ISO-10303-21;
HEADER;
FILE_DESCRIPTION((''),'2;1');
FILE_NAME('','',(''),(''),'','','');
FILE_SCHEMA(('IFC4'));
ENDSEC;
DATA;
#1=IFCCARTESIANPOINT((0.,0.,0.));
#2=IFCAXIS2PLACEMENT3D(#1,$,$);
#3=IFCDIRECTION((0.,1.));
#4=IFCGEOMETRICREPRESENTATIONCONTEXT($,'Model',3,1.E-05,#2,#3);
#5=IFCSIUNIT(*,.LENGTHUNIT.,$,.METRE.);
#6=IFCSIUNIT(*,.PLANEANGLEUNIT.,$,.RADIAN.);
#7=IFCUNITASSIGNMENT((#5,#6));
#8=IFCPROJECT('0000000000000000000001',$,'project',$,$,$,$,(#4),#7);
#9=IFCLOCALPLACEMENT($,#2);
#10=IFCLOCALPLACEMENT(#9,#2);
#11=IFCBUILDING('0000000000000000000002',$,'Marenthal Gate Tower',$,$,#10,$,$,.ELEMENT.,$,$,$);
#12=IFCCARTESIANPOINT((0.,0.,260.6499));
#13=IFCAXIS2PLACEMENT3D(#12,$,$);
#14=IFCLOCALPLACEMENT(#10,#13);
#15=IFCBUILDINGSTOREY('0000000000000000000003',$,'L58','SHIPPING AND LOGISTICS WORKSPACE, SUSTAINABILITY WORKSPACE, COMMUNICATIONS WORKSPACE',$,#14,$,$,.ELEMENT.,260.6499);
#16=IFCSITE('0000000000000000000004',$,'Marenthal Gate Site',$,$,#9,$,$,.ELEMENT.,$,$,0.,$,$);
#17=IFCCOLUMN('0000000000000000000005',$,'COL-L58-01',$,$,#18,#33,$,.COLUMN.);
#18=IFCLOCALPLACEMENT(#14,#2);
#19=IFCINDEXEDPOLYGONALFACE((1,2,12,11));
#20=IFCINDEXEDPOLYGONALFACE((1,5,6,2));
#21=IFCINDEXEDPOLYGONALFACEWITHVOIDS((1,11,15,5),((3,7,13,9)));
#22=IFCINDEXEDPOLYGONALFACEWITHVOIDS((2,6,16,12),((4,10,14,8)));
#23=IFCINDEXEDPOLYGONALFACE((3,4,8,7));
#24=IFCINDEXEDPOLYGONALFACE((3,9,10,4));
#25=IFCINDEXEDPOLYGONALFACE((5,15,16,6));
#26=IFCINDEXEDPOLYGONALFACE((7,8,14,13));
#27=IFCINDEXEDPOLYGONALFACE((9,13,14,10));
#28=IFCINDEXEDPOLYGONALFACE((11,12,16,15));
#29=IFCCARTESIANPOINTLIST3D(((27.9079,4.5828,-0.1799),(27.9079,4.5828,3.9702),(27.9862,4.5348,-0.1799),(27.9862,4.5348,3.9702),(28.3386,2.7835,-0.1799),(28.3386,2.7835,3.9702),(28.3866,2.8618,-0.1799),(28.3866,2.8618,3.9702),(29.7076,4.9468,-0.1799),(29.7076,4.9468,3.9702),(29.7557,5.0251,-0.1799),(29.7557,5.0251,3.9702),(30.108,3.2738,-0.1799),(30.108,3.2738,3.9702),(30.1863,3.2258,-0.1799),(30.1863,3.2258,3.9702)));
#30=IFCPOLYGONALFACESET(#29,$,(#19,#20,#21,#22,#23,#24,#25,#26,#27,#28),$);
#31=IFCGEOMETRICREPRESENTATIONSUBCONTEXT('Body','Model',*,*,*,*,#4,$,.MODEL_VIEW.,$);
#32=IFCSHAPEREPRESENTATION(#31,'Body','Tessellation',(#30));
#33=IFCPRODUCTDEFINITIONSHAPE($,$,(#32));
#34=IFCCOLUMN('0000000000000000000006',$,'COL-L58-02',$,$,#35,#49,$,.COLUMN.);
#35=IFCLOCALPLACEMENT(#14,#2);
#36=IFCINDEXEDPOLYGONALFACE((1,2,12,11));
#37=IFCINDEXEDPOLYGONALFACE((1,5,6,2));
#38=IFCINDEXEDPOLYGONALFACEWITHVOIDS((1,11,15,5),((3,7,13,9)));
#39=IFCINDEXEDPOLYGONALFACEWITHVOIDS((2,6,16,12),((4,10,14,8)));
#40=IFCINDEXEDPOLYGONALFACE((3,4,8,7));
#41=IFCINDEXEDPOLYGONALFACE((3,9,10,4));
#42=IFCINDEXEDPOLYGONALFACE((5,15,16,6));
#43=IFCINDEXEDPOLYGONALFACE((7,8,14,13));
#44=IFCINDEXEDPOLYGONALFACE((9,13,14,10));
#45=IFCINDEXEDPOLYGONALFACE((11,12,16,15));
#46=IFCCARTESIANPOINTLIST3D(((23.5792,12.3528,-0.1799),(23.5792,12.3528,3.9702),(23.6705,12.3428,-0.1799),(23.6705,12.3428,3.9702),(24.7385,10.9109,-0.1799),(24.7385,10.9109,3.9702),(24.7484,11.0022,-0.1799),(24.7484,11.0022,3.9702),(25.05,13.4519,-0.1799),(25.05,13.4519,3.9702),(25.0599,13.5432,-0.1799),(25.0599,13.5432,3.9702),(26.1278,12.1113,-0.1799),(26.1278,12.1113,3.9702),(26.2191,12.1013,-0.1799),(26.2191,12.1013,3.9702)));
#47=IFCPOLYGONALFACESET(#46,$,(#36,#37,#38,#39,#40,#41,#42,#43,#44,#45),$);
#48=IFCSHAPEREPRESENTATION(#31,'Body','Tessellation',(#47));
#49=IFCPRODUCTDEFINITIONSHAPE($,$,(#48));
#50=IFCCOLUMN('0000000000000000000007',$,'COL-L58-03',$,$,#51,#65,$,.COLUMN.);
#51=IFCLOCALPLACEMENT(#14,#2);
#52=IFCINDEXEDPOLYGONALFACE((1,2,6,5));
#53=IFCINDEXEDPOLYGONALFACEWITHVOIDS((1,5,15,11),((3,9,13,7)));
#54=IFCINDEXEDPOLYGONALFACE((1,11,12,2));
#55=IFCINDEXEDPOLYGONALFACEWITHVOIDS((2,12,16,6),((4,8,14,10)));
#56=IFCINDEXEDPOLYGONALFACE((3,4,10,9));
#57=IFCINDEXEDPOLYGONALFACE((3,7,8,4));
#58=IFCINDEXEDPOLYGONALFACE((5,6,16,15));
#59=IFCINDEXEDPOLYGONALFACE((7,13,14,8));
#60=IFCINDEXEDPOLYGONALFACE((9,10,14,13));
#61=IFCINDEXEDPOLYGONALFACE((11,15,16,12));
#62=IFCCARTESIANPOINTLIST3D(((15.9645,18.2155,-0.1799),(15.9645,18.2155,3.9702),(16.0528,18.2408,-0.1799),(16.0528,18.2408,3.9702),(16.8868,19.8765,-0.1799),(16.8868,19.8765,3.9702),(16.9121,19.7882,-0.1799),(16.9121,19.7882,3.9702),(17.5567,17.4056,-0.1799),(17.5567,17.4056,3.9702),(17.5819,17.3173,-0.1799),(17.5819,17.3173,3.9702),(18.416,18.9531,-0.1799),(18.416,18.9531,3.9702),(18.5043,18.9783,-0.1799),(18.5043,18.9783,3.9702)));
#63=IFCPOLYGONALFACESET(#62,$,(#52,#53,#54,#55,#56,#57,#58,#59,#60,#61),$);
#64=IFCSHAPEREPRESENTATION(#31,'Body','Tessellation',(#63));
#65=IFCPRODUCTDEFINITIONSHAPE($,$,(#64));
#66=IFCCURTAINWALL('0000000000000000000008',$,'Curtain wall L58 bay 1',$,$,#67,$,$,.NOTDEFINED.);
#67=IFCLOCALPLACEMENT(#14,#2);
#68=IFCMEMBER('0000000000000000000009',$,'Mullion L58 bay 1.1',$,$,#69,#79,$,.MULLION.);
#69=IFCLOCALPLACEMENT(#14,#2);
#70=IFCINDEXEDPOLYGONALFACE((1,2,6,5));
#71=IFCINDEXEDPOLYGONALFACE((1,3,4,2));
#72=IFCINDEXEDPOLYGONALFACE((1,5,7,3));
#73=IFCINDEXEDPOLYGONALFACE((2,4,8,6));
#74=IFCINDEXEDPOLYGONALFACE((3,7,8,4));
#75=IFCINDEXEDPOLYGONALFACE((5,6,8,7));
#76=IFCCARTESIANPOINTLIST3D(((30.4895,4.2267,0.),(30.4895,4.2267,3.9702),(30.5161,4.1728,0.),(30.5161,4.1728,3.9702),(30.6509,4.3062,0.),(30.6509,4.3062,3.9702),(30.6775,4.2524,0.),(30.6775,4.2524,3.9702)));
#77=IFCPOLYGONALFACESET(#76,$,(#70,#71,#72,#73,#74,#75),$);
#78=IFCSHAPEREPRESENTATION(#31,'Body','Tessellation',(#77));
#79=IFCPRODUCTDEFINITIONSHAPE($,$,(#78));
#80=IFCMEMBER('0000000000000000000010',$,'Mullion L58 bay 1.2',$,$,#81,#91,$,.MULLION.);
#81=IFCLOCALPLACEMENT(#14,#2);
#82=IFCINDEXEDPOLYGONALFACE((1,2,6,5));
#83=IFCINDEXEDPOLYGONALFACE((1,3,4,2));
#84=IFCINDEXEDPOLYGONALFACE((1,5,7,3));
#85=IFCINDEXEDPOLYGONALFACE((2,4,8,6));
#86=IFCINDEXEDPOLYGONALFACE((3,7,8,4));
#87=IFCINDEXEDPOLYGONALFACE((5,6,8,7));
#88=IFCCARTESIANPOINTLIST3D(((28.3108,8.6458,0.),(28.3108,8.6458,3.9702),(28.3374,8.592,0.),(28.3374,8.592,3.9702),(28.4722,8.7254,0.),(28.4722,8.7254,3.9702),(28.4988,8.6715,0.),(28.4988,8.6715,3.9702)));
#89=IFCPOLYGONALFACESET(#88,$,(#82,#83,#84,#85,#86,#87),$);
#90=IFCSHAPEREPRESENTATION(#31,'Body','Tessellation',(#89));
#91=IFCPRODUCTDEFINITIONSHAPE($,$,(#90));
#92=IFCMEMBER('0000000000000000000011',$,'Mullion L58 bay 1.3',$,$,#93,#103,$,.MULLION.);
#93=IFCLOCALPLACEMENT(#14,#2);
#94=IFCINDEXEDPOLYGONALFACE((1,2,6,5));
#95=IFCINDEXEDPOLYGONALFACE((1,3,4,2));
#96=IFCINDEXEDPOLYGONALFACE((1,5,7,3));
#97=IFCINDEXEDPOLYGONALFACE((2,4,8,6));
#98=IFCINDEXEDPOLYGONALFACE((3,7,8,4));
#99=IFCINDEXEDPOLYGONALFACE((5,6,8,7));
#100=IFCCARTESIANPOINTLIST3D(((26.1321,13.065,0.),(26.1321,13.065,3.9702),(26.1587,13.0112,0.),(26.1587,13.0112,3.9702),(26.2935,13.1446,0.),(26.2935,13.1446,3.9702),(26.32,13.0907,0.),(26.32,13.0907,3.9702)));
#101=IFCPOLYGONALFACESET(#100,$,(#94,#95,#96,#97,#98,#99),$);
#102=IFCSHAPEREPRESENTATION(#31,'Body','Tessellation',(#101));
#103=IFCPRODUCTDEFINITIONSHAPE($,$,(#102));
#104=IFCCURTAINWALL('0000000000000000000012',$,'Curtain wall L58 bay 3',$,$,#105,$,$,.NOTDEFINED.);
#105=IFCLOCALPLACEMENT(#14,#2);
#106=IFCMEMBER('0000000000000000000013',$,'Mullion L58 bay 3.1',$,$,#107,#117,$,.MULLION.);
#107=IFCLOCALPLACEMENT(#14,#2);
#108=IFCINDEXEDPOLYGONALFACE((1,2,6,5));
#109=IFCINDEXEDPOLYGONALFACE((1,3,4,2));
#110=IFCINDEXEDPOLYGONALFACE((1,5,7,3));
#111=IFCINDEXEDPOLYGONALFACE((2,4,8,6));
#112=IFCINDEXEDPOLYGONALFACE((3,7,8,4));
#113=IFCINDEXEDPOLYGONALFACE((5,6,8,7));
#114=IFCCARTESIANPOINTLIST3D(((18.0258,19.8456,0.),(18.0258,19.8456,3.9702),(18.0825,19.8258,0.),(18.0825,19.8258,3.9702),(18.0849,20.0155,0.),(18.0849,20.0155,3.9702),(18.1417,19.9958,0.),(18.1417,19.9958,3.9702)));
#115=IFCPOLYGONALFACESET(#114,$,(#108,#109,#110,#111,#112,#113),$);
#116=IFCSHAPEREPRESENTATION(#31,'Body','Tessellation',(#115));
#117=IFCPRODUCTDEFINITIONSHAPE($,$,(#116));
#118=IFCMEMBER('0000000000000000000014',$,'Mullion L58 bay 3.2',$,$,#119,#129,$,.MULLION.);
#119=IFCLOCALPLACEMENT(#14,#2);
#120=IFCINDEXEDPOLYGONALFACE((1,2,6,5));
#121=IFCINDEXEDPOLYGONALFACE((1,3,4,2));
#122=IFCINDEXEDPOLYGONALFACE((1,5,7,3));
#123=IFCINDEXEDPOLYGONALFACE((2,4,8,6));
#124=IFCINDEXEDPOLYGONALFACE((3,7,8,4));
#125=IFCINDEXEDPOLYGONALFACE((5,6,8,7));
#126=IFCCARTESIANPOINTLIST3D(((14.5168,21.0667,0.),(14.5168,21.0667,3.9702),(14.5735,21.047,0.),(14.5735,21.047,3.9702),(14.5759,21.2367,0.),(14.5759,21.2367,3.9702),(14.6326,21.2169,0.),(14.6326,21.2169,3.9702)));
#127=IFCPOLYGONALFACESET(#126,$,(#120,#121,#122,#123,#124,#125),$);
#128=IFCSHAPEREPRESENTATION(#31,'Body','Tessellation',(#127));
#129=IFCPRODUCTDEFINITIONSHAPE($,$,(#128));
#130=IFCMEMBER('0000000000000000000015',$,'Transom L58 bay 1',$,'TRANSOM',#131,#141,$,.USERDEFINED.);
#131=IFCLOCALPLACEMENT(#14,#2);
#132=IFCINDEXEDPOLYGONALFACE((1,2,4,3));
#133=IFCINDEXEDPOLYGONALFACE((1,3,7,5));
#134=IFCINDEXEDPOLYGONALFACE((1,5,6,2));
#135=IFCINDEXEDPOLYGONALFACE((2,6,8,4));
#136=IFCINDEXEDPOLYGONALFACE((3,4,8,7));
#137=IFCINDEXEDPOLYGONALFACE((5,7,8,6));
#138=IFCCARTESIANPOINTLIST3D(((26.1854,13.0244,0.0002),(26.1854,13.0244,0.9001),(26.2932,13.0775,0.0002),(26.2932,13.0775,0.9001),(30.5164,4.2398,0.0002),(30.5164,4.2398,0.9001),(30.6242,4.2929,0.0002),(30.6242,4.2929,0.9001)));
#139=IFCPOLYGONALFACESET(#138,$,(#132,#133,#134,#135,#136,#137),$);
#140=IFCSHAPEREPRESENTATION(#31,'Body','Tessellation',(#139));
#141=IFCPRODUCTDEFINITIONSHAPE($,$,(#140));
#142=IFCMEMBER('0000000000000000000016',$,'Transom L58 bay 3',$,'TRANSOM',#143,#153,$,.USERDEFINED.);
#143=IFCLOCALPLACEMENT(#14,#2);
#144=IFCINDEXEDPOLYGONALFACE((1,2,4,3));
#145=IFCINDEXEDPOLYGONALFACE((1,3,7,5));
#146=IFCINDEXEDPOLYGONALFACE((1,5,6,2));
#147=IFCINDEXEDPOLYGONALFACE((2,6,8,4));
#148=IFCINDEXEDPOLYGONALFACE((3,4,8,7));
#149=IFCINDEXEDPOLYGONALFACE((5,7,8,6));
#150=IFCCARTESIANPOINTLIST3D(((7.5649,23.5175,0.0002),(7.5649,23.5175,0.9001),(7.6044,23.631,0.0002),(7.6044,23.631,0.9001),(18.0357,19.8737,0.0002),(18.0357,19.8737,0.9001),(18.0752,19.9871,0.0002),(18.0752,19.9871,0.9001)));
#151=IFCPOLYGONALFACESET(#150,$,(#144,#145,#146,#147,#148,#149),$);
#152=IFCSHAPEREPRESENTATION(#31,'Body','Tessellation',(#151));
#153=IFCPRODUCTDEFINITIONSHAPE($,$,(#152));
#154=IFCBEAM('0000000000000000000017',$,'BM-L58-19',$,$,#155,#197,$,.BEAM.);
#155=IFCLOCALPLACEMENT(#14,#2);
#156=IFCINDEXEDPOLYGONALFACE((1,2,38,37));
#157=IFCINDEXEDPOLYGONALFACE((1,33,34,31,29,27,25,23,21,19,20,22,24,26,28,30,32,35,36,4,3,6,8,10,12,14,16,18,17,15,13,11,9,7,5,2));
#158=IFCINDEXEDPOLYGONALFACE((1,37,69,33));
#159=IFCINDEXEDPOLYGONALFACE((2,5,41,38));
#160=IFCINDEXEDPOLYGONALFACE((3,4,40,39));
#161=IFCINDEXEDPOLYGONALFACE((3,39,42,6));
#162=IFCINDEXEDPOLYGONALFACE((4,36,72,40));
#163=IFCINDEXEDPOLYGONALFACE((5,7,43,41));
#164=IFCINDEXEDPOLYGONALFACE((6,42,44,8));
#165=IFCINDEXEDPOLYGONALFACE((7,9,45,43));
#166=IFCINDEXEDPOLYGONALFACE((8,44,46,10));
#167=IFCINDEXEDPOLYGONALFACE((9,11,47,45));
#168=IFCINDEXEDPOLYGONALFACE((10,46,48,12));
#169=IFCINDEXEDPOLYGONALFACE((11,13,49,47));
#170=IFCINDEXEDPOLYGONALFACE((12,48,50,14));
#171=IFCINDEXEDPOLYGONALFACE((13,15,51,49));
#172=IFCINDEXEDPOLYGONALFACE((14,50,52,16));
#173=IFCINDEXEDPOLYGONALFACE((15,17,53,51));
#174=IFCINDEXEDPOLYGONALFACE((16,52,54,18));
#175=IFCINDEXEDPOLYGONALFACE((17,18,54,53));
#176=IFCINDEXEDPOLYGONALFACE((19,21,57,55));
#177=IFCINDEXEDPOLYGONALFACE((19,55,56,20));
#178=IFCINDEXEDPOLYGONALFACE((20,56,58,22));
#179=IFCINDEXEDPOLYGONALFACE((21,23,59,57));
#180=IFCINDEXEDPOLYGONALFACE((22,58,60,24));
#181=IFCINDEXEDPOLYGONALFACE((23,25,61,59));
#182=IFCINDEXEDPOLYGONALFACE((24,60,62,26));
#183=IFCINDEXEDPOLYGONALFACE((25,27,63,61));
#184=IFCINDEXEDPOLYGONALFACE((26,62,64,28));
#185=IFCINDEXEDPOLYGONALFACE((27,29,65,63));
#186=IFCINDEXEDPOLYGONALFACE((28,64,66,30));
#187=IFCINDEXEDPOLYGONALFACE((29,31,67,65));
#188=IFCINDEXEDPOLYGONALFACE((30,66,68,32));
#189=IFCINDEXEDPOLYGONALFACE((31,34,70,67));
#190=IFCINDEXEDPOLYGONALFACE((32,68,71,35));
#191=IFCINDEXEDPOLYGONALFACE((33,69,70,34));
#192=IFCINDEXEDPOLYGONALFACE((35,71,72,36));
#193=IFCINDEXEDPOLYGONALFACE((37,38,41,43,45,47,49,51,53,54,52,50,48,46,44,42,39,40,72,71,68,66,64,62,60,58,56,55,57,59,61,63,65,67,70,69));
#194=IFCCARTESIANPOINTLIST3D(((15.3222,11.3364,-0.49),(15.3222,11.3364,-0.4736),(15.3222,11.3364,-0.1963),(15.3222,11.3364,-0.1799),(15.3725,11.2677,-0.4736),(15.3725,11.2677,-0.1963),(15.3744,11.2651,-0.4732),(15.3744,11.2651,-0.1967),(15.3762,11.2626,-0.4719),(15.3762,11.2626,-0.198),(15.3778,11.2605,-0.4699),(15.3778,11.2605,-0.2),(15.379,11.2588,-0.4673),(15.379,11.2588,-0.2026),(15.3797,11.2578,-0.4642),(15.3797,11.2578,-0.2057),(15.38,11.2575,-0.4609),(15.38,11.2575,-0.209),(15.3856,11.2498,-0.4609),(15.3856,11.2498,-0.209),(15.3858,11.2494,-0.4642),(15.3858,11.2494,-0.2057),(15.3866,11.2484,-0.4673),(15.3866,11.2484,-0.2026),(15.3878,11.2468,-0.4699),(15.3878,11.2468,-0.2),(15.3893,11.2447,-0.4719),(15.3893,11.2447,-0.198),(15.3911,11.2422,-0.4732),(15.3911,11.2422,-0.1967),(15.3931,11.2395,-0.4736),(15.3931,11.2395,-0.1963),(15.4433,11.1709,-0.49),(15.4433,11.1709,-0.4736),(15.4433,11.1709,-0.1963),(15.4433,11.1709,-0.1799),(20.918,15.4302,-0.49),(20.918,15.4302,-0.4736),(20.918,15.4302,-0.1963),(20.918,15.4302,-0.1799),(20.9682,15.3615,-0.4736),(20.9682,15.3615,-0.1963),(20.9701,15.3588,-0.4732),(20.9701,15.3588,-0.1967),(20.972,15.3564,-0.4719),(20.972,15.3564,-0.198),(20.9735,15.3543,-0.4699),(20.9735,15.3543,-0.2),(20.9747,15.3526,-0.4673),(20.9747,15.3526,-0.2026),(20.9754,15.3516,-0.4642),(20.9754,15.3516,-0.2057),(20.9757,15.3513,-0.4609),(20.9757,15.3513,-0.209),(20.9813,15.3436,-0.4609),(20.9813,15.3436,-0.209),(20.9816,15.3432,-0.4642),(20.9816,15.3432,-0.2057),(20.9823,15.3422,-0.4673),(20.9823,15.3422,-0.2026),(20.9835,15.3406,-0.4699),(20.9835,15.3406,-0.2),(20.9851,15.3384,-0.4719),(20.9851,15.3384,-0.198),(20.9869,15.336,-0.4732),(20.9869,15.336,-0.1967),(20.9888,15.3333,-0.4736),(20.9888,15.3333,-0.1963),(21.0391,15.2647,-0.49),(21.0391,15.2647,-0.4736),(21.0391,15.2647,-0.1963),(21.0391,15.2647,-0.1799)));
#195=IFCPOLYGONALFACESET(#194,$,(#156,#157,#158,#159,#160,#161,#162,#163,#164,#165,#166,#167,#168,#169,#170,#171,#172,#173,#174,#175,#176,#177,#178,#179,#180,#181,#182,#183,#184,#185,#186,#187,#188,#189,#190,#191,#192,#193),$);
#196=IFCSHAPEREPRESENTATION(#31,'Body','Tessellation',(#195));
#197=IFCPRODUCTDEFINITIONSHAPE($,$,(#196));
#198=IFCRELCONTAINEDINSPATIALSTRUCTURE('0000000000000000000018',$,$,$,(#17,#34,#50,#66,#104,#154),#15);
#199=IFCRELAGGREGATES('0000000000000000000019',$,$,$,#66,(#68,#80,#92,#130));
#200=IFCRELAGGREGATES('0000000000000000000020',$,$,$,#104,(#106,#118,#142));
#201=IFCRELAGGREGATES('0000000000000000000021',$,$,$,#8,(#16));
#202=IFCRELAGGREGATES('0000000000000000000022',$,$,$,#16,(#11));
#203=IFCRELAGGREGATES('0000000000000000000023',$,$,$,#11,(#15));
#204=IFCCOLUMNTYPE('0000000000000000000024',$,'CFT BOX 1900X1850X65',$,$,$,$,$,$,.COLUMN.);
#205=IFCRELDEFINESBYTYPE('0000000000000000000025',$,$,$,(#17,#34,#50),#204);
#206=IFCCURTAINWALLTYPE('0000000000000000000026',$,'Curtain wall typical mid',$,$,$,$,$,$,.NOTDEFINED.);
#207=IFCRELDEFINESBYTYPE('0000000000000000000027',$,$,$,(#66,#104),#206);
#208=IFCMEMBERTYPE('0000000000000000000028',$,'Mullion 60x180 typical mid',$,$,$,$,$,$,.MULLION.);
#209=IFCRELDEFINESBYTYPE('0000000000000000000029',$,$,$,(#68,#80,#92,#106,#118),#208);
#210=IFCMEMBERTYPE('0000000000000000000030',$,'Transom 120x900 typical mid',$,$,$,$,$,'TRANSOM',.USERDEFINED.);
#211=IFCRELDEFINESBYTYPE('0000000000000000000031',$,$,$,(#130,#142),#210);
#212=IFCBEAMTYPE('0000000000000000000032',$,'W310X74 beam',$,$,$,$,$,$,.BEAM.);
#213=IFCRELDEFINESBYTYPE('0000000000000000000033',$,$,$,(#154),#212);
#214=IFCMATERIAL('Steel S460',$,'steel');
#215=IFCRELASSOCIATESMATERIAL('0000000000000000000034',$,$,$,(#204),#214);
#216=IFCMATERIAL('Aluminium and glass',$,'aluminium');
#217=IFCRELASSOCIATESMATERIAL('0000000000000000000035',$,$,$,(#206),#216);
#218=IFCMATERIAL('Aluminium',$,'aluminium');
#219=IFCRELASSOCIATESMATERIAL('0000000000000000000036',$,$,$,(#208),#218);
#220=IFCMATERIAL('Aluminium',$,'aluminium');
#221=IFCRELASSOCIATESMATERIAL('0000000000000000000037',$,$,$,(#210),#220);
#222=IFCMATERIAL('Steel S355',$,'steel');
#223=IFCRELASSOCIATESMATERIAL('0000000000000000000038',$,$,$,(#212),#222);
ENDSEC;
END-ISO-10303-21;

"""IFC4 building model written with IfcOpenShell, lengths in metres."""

from ifc_helpers import new_model, si_unit, direction, frame, origin, origin_2d, place, context, subcontext, project, spatial, rectangle, hollow_rectangle, i_section, extrude, material, material_profile, profile_set, type_object, element, aggregate, save


model = new_model("IFC4")

# Units and contexts
model_context = context("Model", 3, precision=1e-05, world=origin(), true_north=direction((0.0, 1.0)))
body_context = subcontext(model_context, "Body", "Model", "MODEL_VIEW")
ifc_project = project(units=[si_unit("LENGTHUNIT", "METRE"), si_unit("PLANEANGLEUNIT", "RADIAN")], contexts=[model_context])

# Site, building, storey
site_placement = place(None, origin())
site = spatial("IfcSite", under=ifc_project, at=site_placement, Name="Marenthal Gate Site", CompositionType="ELEMENT", RefElevation=0.0)
building_placement = place(site_placement, origin())
building = spatial("IfcBuilding", under=site, at=building_placement, Name="Marenthal Gate Tower", CompositionType="ELEMENT")
storey_placement = place(building_placement, frame((0.0, 0.0, 260.6499)))
storey = spatial("IfcBuildingStorey", under=building, at=storey_placement, Name="L58", Description="SHIPPING AND LOGISTICS WORKSPACE, SUSTAINABILITY WORKSPACE, COMMUNICATIONS WORKSPACE", CompositionType="ELEMENT", Elevation=260.6499)

# Columns
ifc_material_1 = material(Name="Steel S460", Category="steel")
ifc_material_profile_1 = material_profile(ifc_material_1, hollow_rectangle(XDim=1.8501, YDim=1.8999, WallThickness=0.0649, at=origin_2d()), Name="CFT BOX 1900X1850X65")
ifc_material_2 = material(Name="Concrete 70 MPa", Category="concrete")
ifc_material_profile_2 = material_profile(ifc_material_2, rectangle(XDim=1.72, YDim=1.77, at=origin_2d()), Name="CFT BOX 1900X1850X65 INFILL")
ifc_profile_set_1 = profile_set([ifc_material_profile_1, ifc_material_profile_2], Name="Steel S460 shell, Concrete 70 MPa infill")
column_type = type_object("IfcColumnType", Name="CFT BOX 1900X1850X65", PredefinedType="COLUMN", material=ifc_profile_set_1)
for number, where, z_axis, x_axis, name in (
    (1, (29.0471, 3.9043, -0.1799), (0.0, 0.0, 1.0), (0.23277, -0.972532, 0.0), "COL-L58-01"),
    (2, (24.8992, 12.2271, -0.1799), (0.0, 0.0, 1.0), (0.626593, -0.779347, 0.0), "COL-L58-02"),
    (3, (17.2344, 18.5969, -0.1799), (0.0, 0.0, 1.0), (0.874251, -0.485475, 0.0), "COL-L58-03"),
):
    element("IfcColumn", number, at=place(storey_placement, frame(where, z_axis=z_axis, x_axis=x_axis)), inside=storey, type_object=column_type, Name=name, PredefinedType="COLUMN", context=body_context, shape_type="SweptSolid", body=[
        extrude(hollow_rectangle(XDim=1.8501, YDim=1.8999, WallThickness=0.0649, at=origin_2d()), origin(), (0.0, 0.0, 1.0), 4.1501),
    ])

# Curtain walls, members
ifc_material_3 = material(Name="Aluminium and glass", Category="aluminium")
curtain_wall_type = type_object("IfcCurtainWallType", Name="Curtain wall typical mid", PredefinedType="NOTDEFINED", material=ifc_material_3)
curtain_wall_1_placement = place(storey_placement, origin())
curtain_wall_1 = element("IfcCurtainWall", 4, at=curtain_wall_1_placement, inside=storey, type_object=curtain_wall_type, Name="Curtain wall L58 bay 1", PredefinedType="NOTDEFINED")
ifc_material_4 = material(Name="Aluminium", Category="aluminium")
ifc_material_profile_3 = material_profile(ifc_material_4, rectangle(XDim=0.1799, YDim=0.0601, at=origin_2d()), Name="60x180 aluminium mullion")
ifc_profile_set_2 = profile_set([ifc_material_profile_3], Name="Aluminium")
member_type_1 = type_object("IfcMemberType", Name="Mullion 60x180 typical mid", PredefinedType="MULLION", material=ifc_profile_set_2)
member_1_placement = place(storey_placement, frame((30.5835, 4.2395, 0.0), z_axis=(0.0, 0.0, 1.0), x_axis=(-0.896921, -0.442192, 0.0)))
member_1 = element("IfcMember", 5, at=member_1_placement, type_object=member_type_1, Name="Mullion L58 bay 1.1", PredefinedType="MULLION", context=body_context, shape_type="SweptSolid", body=[
    extrude(rectangle(XDim=0.1799, YDim=0.0601, at=origin_2d()), origin(), (0.0, 0.0, 1.0), 3.9702),
])
member_2_placement = place(storey_placement, frame((28.4048, 8.6587, 0.0), z_axis=(0.0, 0.0, 1.0), x_axis=(-0.896921, -0.442192, 0.0)))
member_2 = element("IfcMember", 6, at=member_2_placement, type_object=member_type_1, Name="Mullion L58 bay 1.2", PredefinedType="MULLION", context=body_context, shape_type="SweptSolid", body=[
    extrude(rectangle(XDim=0.1799, YDim=0.0601, at=origin_2d()), origin(), (0.0, 0.0, 1.0), 3.9702),
])
member_3_placement = place(storey_placement, frame((26.2261, 13.0779, 0.0), z_axis=(0.0, 0.0, 1.0), x_axis=(-0.896921, -0.442192, 0.0)))
member_3 = element("IfcMember", 7, at=member_3_placement, type_object=member_type_1, Name="Mullion L58 bay 1.3", PredefinedType="MULLION", context=body_context, shape_type="SweptSolid", body=[
    extrude(rectangle(XDim=0.1799, YDim=0.0601, at=origin_2d()), origin(), (0.0, 0.0, 1.0), 3.9702),
])
curtain_wall_2_placement = place(storey_placement, origin())
curtain_wall_2 = element("IfcCurtainWall", 8, at=curtain_wall_2_placement, inside=storey, type_object=curtain_wall_type, Name="Curtain wall L58 bay 3", PredefinedType="NOTDEFINED")
member_4_placement = place(storey_placement, frame((18.0837, 19.9207, 0.0), z_axis=(0.0, 0.0, 1.0), x_axis=(-0.32867, -0.944445, 0.0)))
member_4 = element("IfcMember", 9, at=member_4_placement, type_object=member_type_1, Name="Mullion L58 bay 3.1", PredefinedType="MULLION", context=body_context, shape_type="SweptSolid", body=[
    extrude(rectangle(XDim=0.1799, YDim=0.0601, at=origin_2d()), origin(), (0.0, 0.0, 1.0), 3.9702),
])
member_5_placement = place(storey_placement, frame((14.5747, 21.1418, 0.0), z_axis=(0.0, 0.0, 1.0), x_axis=(-0.32867, -0.944445, 0.0)))
member_5 = element("IfcMember", 10, at=member_5_placement, type_object=member_type_1, Name="Mullion L58 bay 3.2", PredefinedType="MULLION", context=body_context, shape_type="SweptSolid", body=[
    extrude(rectangle(XDim=0.1799, YDim=0.0601, at=origin_2d()), origin(), (0.0, 0.0, 1.0), 3.9702),
])

# Members
ifc_material_5 = material(Name="Aluminium", Category="aluminium")
ifc_material_profile_4 = material_profile(ifc_material_5, rectangle(XDim=0.1201, YDim=0.8999, at=origin_2d()), Name="120x900 aluminium transom")
ifc_profile_set_3 = profile_set([ifc_material_profile_4], Name="Aluminium")
member_type_2 = type_object("IfcMemberType", Name="Transom 120x900 typical mid", ElementType="TRANSOM", PredefinedType="USERDEFINED", material=ifc_profile_set_3)
member_6_placement = place(storey_placement, frame((30.5703, 4.2664, 0.4502), z_axis=(-0.442201, 0.896916, 0.0), x_axis=(-0.896916, -0.442201, 0.0)))
member_6 = element("IfcMember", 11, at=member_6_placement, type_object=member_type_2, Name="Transom L58 bay 1", ObjectType="TRANSOM", PredefinedType="USERDEFINED", context=body_context, shape_type="SweptSolid", body=[
    extrude(rectangle(XDim=0.1201, YDim=0.8999, at=origin_2d()), origin(), (0.0, 0.0, 1.0), 9.7942),
])
member_7_placement = place(storey_placement, frame((18.0554, 19.9304, 0.4502), z_axis=(-0.944446, 0.328667, 0.0), x_axis=(-0.328667, -0.944446, 0.0)))
member_7 = element("IfcMember", 12, at=member_7_placement, type_object=member_type_2, Name="Transom L58 bay 3", ObjectType="TRANSOM", PredefinedType="USERDEFINED", context=body_context, shape_type="SweptSolid", body=[
    extrude(rectangle(XDim=0.1201, YDim=0.8999, at=origin_2d()), origin(), (0.0, 0.0, 1.0), 11.0867),
])

# Beam
ifc_material_6 = material(Name="Steel S355", Category="steel")
ifc_material_profile_5 = material_profile(ifc_material_6, i_section(OverallWidth=0.2051, OverallDepth=0.3101, WebThickness=0.0095, FlangeThickness=0.0164, FilletRadius=0.0127, at=origin_2d()), Name="W310X74")
ifc_profile_set_4 = profile_set([ifc_material_profile_5], Name="Steel S355")
beam_type_1 = type_object("IfcBeamType", Name="W310X74 beam", PredefinedType="BEAM", material=ifc_profile_set_4)
beam_1_placement = place(storey_placement, frame((20.9785, 15.3474, -0.335), z_axis=(-0.807076, -0.590447, 0.0), x_axis=(0.590447, -0.807076, 0.0)))
element("IfcBeam", 13, at=beam_1_placement, inside=storey, type_object=beam_type_1, Name="BM-L58-19", PredefinedType="BEAM", context=body_context, shape_type="SweptSolid", body=[
    extrude(i_section(OverallWidth=0.2051, OverallDepth=0.3101, WebThickness=0.0095, FlangeThickness=0.0164, FilletRadius=0.0127, at=origin_2d()), origin(), (0.0, 0.0, 1.0), 6.9333),
])

aggregate(curtain_wall_1, [member_1, member_2, member_3, member_6])
aggregate(curtain_wall_2, [member_4, member_5, member_7])

save(model, "model.ifc")
